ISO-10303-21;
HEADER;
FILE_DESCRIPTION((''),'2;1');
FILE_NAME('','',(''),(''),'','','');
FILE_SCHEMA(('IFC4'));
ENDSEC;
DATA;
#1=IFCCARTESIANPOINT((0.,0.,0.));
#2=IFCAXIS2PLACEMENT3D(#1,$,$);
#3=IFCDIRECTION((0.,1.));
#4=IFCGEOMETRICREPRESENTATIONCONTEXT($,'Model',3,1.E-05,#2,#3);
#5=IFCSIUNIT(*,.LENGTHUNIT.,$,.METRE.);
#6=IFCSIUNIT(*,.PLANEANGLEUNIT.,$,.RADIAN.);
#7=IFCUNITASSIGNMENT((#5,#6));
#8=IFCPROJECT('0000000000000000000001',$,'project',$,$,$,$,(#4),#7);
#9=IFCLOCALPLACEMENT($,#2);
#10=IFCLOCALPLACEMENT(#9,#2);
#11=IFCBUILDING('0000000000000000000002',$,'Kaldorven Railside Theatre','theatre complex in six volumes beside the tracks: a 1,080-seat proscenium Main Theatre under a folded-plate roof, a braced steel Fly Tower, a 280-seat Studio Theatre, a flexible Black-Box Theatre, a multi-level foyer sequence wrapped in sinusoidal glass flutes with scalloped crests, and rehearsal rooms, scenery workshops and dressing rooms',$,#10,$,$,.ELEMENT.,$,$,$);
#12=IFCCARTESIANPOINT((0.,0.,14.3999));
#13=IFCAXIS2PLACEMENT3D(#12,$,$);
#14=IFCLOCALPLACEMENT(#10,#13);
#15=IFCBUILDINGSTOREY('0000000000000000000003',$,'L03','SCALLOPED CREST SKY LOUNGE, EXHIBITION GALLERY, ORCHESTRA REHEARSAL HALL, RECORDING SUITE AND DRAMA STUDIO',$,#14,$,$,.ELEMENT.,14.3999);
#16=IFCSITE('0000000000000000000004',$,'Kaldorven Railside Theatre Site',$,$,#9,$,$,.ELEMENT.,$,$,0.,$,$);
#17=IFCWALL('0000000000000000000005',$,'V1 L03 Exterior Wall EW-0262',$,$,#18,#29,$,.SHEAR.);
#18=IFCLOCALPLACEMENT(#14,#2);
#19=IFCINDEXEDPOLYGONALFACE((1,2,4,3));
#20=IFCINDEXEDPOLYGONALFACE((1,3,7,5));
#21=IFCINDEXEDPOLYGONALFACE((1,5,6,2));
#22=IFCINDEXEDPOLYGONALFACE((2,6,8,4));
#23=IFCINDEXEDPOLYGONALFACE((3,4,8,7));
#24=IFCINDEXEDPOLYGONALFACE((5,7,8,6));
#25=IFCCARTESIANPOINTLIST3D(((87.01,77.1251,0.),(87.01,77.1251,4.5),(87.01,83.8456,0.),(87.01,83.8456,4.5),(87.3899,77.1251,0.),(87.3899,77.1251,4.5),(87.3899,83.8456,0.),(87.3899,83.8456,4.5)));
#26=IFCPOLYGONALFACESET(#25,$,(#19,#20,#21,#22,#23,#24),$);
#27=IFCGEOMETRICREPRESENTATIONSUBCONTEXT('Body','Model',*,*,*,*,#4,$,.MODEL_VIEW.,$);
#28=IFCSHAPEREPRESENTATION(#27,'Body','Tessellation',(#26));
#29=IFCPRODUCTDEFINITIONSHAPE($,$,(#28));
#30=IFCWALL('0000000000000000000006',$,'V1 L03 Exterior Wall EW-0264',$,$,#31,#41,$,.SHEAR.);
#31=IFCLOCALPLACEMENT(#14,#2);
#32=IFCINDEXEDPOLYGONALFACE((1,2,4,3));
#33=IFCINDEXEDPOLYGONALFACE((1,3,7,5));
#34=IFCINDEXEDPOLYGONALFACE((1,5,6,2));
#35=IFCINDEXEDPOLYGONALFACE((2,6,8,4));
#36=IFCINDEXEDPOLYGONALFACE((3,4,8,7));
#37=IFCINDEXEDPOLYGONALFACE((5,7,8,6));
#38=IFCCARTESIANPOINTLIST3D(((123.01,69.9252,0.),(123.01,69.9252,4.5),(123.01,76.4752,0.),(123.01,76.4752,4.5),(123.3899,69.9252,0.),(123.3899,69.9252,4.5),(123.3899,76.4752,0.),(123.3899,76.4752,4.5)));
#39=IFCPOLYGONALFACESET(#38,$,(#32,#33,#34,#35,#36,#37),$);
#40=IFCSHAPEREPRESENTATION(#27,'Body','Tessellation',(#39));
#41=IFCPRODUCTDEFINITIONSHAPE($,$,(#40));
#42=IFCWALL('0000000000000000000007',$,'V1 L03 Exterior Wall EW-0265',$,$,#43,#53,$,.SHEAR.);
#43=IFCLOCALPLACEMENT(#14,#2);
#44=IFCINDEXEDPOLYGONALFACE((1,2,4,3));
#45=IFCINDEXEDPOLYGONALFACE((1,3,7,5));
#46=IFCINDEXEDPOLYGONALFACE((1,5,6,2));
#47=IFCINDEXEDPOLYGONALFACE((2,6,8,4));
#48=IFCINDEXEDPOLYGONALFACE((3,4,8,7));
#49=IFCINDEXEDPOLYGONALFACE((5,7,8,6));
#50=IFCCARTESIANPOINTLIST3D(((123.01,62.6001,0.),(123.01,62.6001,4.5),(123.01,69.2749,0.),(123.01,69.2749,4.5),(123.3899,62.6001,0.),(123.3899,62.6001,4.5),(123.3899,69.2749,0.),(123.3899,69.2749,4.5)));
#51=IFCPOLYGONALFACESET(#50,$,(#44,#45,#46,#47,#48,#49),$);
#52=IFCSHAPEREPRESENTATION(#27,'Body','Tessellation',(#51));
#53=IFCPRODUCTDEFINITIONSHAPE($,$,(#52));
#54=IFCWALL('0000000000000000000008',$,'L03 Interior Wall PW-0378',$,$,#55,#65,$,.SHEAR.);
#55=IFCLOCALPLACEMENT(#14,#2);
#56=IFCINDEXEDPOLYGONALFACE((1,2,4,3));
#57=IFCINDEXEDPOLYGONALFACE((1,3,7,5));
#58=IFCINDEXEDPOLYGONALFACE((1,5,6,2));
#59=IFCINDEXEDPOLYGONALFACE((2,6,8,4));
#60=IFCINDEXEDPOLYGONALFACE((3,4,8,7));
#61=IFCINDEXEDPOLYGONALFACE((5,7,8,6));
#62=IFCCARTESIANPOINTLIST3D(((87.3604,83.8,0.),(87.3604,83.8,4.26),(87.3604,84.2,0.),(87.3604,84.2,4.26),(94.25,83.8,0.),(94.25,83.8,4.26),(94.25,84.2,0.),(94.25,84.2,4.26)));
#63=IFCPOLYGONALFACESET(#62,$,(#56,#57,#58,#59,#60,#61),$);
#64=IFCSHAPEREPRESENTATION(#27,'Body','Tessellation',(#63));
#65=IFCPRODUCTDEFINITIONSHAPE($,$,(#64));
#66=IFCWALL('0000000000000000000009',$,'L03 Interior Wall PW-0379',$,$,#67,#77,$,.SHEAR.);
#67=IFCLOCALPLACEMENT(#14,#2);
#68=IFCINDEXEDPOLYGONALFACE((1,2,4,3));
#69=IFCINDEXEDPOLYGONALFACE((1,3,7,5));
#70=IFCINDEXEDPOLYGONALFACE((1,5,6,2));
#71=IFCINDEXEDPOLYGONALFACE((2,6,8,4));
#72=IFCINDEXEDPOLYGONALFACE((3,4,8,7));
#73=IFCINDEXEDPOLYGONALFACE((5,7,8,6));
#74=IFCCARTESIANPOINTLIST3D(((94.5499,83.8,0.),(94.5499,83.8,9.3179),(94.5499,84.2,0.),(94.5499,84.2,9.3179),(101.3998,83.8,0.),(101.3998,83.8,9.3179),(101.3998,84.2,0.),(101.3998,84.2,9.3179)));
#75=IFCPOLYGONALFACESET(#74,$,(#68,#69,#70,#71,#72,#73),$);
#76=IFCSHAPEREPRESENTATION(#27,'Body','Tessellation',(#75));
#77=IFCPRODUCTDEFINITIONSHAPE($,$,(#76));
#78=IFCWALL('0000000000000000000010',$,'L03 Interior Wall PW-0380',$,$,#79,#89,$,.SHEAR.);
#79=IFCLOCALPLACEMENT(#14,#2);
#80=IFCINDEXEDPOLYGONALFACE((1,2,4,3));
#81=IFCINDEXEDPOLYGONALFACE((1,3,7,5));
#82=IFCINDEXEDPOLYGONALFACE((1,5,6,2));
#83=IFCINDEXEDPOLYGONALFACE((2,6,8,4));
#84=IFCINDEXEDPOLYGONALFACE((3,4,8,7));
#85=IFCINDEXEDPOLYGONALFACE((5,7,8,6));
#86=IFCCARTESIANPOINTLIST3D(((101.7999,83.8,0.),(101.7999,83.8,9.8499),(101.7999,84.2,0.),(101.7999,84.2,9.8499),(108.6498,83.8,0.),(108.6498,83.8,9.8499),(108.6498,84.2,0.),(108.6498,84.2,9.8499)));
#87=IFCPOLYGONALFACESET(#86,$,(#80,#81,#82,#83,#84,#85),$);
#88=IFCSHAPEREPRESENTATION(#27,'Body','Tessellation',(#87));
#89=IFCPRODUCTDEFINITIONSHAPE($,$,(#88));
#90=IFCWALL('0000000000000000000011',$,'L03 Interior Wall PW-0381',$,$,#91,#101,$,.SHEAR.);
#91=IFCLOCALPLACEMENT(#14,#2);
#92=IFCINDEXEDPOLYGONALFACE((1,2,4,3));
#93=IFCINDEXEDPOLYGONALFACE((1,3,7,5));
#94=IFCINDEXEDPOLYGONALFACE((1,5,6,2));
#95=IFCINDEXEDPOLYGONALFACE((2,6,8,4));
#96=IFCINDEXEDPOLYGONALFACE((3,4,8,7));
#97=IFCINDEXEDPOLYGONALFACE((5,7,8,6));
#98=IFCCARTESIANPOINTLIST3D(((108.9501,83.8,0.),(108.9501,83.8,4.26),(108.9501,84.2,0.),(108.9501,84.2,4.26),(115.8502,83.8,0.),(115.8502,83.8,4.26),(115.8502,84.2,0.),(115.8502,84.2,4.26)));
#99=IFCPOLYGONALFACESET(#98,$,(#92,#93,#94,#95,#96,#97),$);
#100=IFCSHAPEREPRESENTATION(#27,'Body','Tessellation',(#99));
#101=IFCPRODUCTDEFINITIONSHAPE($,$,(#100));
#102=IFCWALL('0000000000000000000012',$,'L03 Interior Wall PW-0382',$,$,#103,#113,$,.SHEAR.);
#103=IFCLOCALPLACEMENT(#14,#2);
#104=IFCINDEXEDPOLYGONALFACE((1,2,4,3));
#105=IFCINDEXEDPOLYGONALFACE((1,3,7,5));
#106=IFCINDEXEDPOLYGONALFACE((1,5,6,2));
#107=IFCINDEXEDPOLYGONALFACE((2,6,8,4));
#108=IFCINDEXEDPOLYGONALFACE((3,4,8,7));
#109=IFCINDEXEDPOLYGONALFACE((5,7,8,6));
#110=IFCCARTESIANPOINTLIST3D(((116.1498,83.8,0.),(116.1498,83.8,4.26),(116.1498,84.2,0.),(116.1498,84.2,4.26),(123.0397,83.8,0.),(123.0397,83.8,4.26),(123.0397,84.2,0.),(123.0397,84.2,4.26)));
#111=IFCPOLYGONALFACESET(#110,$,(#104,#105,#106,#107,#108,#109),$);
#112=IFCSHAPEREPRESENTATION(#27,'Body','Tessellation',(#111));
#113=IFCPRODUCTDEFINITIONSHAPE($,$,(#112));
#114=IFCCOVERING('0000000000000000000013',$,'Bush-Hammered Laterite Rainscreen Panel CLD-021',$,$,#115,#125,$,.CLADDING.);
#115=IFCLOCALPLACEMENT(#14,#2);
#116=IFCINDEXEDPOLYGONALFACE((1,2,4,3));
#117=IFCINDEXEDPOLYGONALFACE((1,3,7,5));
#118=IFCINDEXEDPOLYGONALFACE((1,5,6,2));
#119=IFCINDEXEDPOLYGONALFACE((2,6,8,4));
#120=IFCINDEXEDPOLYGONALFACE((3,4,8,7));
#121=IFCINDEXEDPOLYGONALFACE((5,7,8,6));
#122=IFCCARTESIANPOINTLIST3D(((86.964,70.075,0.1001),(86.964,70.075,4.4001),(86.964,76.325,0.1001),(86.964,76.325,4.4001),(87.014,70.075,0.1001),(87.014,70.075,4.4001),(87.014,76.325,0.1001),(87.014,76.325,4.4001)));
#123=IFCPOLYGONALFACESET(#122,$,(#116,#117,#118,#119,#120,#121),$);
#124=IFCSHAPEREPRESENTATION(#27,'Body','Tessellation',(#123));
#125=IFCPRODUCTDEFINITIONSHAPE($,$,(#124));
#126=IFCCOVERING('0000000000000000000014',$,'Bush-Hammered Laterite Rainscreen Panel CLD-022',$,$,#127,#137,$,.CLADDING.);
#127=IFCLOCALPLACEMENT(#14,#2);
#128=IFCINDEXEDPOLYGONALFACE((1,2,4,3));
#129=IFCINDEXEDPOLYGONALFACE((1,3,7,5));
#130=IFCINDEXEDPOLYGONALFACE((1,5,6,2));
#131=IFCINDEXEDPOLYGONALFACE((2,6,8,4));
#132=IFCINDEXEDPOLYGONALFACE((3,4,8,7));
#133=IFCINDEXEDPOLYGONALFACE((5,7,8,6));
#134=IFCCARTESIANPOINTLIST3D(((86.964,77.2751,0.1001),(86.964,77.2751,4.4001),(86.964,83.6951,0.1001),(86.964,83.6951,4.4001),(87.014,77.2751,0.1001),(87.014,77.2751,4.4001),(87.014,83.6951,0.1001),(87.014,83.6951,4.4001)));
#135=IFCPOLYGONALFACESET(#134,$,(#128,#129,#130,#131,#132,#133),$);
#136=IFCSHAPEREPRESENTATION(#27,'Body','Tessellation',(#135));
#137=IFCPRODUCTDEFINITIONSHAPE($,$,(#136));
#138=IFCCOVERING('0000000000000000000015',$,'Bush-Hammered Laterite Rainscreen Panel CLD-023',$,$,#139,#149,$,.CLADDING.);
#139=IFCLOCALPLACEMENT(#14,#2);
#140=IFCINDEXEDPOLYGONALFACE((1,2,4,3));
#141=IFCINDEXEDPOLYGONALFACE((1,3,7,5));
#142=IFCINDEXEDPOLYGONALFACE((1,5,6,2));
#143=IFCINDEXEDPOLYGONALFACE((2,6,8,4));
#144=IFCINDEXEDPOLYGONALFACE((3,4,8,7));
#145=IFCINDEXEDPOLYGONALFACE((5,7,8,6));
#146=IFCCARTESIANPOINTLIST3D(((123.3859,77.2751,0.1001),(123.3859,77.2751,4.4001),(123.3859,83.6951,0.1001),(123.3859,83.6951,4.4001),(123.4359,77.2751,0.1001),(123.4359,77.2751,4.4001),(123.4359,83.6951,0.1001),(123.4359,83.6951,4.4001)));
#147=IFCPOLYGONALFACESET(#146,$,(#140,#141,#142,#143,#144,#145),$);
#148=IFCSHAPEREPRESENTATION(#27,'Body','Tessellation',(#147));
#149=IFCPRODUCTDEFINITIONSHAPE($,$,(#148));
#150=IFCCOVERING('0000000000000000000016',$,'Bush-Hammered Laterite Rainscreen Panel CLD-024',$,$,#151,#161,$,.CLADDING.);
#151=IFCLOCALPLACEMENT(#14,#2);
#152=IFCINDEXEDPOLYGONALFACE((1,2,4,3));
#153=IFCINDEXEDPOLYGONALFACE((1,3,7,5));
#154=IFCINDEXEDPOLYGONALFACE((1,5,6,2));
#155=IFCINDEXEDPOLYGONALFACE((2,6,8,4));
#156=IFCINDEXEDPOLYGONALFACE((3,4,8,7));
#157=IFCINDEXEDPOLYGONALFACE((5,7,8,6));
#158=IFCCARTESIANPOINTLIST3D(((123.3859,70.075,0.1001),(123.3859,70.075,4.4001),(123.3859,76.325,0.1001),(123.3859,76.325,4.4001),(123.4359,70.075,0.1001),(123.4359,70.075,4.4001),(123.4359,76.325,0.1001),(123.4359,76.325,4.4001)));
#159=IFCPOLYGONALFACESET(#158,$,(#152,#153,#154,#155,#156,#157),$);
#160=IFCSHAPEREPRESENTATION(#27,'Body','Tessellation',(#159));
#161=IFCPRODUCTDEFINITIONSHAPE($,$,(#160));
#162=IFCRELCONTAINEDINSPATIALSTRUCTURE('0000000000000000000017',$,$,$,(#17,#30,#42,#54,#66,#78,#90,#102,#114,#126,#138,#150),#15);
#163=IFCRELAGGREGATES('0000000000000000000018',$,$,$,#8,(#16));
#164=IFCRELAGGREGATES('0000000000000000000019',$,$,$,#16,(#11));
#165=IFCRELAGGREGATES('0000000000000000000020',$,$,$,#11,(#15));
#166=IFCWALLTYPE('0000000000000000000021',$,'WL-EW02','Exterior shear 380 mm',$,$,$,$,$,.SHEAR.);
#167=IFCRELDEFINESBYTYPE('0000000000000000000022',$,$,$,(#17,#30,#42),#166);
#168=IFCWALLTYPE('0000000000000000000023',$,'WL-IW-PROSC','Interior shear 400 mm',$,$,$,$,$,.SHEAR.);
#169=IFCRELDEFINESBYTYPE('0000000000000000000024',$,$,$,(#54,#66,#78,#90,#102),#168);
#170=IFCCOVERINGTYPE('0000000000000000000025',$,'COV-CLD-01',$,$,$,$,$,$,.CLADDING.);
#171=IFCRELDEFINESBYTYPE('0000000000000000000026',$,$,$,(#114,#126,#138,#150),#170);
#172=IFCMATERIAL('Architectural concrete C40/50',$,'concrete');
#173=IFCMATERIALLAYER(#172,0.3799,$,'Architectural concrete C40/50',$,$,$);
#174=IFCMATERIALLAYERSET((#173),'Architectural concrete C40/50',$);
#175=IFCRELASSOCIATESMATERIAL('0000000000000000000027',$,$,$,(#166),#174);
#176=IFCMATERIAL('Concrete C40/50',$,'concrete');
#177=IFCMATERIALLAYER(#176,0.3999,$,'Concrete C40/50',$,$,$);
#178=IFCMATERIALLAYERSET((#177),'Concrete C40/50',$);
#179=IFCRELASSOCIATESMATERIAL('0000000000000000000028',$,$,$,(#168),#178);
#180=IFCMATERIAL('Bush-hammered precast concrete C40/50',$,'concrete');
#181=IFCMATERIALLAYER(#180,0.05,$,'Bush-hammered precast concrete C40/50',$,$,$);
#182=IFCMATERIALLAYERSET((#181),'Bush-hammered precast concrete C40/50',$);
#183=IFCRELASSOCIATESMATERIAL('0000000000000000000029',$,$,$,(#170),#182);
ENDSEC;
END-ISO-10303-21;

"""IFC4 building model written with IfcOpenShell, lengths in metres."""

from ifc_helpers import new_model, si_unit, direction, frame, frame_2d, origin, origin_2d, place, context, subcontext, project, spatial, rectangle, extrude, material, layer, layer_set, type_object, element, save


model = new_model("IFC4")

# Units and contexts
model_context = context("Model", 3, precision=1e-05, world=origin(), true_north=direction((0.0, 1.0)))
body_context = subcontext(model_context, "Body", "Model", "MODEL_VIEW")
ifc_project = project(units=[si_unit("LENGTHUNIT", "METRE"), si_unit("PLANEANGLEUNIT", "RADIAN")], contexts=[model_context])

# Site, building, storey
site_placement = place(None, origin())
site = spatial("IfcSite", under=ifc_project, at=site_placement, Name="Kaldorven Railside Theatre Site", CompositionType="ELEMENT", RefElevation=0.0)
building_placement = place(site_placement, origin())
building = spatial("IfcBuilding", under=site, at=building_placement, Name="Kaldorven Railside Theatre", Description="theatre complex in six volumes beside the tracks: a 1,080-seat proscenium Main Theatre under a folded-plate roof, a braced steel Fly Tower, a 280-seat Studio Theatre, a flexible Black-Box Theatre, a multi-level foyer sequence wrapped in sinusoidal glass flutes with scalloped crests, and rehearsal rooms, scenery workshops and dressing rooms", CompositionType="ELEMENT")
storey_placement = place(building_placement, frame((0.0, 0.0, 14.3999)))
storey = spatial("IfcBuildingStorey", under=building, at=storey_placement, Name="L03", Description="SCALLOPED CREST SKY LOUNGE, EXHIBITION GALLERY, ORCHESTRA REHEARSAL HALL, RECORDING SUITE AND DRAMA STUDIO", CompositionType="ELEMENT", Elevation=14.3999)

# Shared definitions
ifc_material_1 = material(Name="Architectural concrete C40/50", Category="concrete")

# Shared definitions
ifc_material_2 = material(Name="Concrete C40/50", Category="concrete")

# Walls
ifc_layer_1 = layer(ifc_material_1, 0.3799, Name="Architectural concrete C40/50")
ifc_layer_set_1 = layer_set([ifc_layer_1], Name="Architectural concrete C40/50")
wall_type_1 = type_object("IfcWallType", Name="WL-EW02", Description="Exterior shear 380 mm", PredefinedType="SHEAR", material=ifc_layer_set_1)
for number, where, z_axis, x_axis, name in (
    (1, (87.2, 77.125, 0.0), (0.0, 0.0, 1.0), (0.0, 1.0, 0.0), "V1 L03 Exterior Wall EW-0262"),
):
    element("IfcWall", number, at=place(storey_placement, frame(where, z_axis=z_axis, x_axis=x_axis)), inside=storey, type_object=wall_type_1, Name=name, PredefinedType="SHEAR", context=body_context, shape_type="SweptSolid", body=[
        extrude(rectangle(XDim=6.7205, YDim=0.3799, at=frame_2d((3.3604, 0.0))), origin(), (0.0, 0.0, 1.0), 4.5),
    ])
wall_1_placement = place(storey_placement, frame((123.2, 76.4751, 0.0), z_axis=(0.0, 0.0, 1.0), x_axis=(0.0, -1.0, 0.0)))
element("IfcWall", 2, at=wall_1_placement, inside=storey, type_object=wall_type_1, Name="V1 L03 Exterior Wall EW-0264", PredefinedType="SHEAR", context=body_context, shape_type="SweptSolid", body=[
    extrude(rectangle(XDim=6.55, YDim=0.3799, at=frame_2d((3.2749, 0.0))), origin(), (0.0, 0.0, 1.0), 4.5),
])
wall_2_placement = place(storey_placement, frame((123.2, 69.2749, 0.0), z_axis=(0.0, 0.0, 1.0), x_axis=(0.0, -1.0, 0.0)))
element("IfcWall", 3, at=wall_2_placement, inside=storey, type_object=wall_type_1, Name="V1 L03 Exterior Wall EW-0265", PredefinedType="SHEAR", context=body_context, shape_type="SweptSolid", body=[
    extrude(rectangle(XDim=6.6748, YDim=0.3799, at=frame_2d((3.3374, 0.0))), origin(), (0.0, 0.0, 1.0), 4.5),
])
ifc_layer_2 = layer(ifc_material_2, 0.3999, Name="Concrete C40/50")
ifc_layer_set_2 = layer_set([ifc_layer_2], Name="Concrete C40/50")
wall_type_2 = type_object("IfcWallType", Name="WL-IW-PROSC", Description="Interior shear 400 mm", PredefinedType="SHEAR", material=ifc_layer_set_2)
wall_3_placement = place(storey_placement, frame((87.3604, 84.0, 0.0), z_axis=(0.0, 0.0, 1.0), x_axis=(1.0, 0.0, 0.0)))
element("IfcWall", 4, at=wall_3_placement, inside=storey, type_object=wall_type_2, Name="L03 Interior Wall PW-0378", PredefinedType="SHEAR", context=body_context, shape_type="SweptSolid", body=[
    extrude(rectangle(XDim=6.8896, YDim=0.3999, at=frame_2d((3.4448, 0.0))), origin(), (0.0, 0.0, 1.0), 4.26),
])
wall_4_placement = place(storey_placement, frame((94.55, 84.0, 0.0), z_axis=(0.0, 0.0, 1.0), x_axis=(1.0, 0.0, 0.0)))
element("IfcWall", 5, at=wall_4_placement, inside=storey, type_object=wall_type_2, Name="L03 Interior Wall PW-0379", PredefinedType="SHEAR", context=body_context, shape_type="SweptSolid", body=[
    extrude(rectangle(XDim=6.8499, YDim=0.3999, at=frame_2d((3.4248, 0.0))), origin(), (0.0, 0.0, 1.0), 9.3179),
])
wall_5_placement = place(storey_placement, frame((101.8, 84.0, 0.0), z_axis=(0.0, 0.0, 1.0), x_axis=(1.0, 0.0, 0.0)))
element("IfcWall", 6, at=wall_5_placement, inside=storey, type_object=wall_type_2, Name="L03 Interior Wall PW-0380", PredefinedType="SHEAR", context=body_context, shape_type="SweptSolid", body=[
    extrude(rectangle(XDim=6.8499, YDim=0.3999, at=frame_2d((3.4248, 0.0))), origin(), (0.0, 0.0, 1.0), 9.8499),
])
wall_6_placement = place(storey_placement, frame((108.95, 84.0, 0.0), z_axis=(0.0, 0.0, 1.0), x_axis=(1.0, 0.0, 0.0)))
element("IfcWall", 7, at=wall_6_placement, inside=storey, type_object=wall_type_2, Name="L03 Interior Wall PW-0381", PredefinedType="SHEAR", context=body_context, shape_type="SweptSolid", body=[
    extrude(rectangle(XDim=6.9001, YDim=0.3999, at=frame_2d((3.4502, 0.0))), origin(), (0.0, 0.0, 1.0), 4.26),
])
wall_7_placement = place(storey_placement, frame((116.1499, 84.0, 0.0), z_axis=(0.0, 0.0, 1.0), x_axis=(1.0, 0.0, 0.0)))
element("IfcWall", 8, at=wall_7_placement, inside=storey, type_object=wall_type_2, Name="L03 Interior Wall PW-0382", PredefinedType="SHEAR", context=body_context, shape_type="SweptSolid", body=[
    extrude(rectangle(XDim=6.8899, YDim=0.3999, at=frame_2d((3.4448, 0.0))), origin(), (0.0, 0.0, 1.0), 4.26),
])

# Coverings
ifc_material_3 = material(Name="Bush-hammered precast concrete C40/50", Category="concrete")
ifc_layer_3 = layer(ifc_material_3, 0.05, Name="Bush-hammered precast concrete C40/50")
ifc_layer_set_3 = layer_set([ifc_layer_3], Name="Bush-hammered precast concrete C40/50")
covering_type = type_object("IfcCoveringType", Name="COV-CLD-01", PredefinedType="CLADDING", material=ifc_layer_set_3)
covering_1_placement = place(storey_placement, frame((86.989, 73.2, 0.1001), z_axis=(0.0, 0.0, 1.0), x_axis=(0.0, 1.0, 0.0)))
element("IfcCovering", 9, at=covering_1_placement, inside=storey, type_object=covering_type, Name="Bush-Hammered Laterite Rainscreen Panel CLD-021", PredefinedType="CLADDING", context=body_context, shape_type="SweptSolid", body=[
    extrude(rectangle(XDim=6.25, YDim=0.05, at=origin_2d()), origin(), (0.0, 0.0, 1.0), 4.3),
])
for number, where, z_axis, x_axis, name in (
    (10, (86.989, 80.4851, 0.1001), (0.0, 0.0, 1.0), (0.0, 1.0, 0.0), "Bush-Hammered Laterite Rainscreen Panel CLD-022"),
    (11, (123.4109, 80.4851, 0.1001), (0.0, 0.0, 1.0), (0.0, -1.0, 0.0), "Bush-Hammered Laterite Rainscreen Panel CLD-023"),
):
    element("IfcCovering", number, at=place(storey_placement, frame(where, z_axis=z_axis, x_axis=x_axis)), inside=storey, type_object=covering_type, Name=name, PredefinedType="CLADDING", context=body_context, shape_type="SweptSolid", body=[
        extrude(rectangle(XDim=6.4199, YDim=0.05, at=origin_2d()), origin(), (0.0, 0.0, 1.0), 4.3),
    ])
covering_2_placement = place(storey_placement, frame((123.4109, 73.2, 0.1001), z_axis=(0.0, 0.0, 1.0), x_axis=(0.0, -1.0, 0.0)))
element("IfcCovering", 12, at=covering_2_placement, inside=storey, type_object=covering_type, Name="Bush-Hammered Laterite Rainscreen Panel CLD-024", PredefinedType="CLADDING", context=body_context, shape_type="SweptSolid", body=[
    extrude(rectangle(XDim=6.25, YDim=0.05, at=origin_2d()), origin(), (0.0, 0.0, 1.0), 4.3),
])

save(model, "model.ifc")
